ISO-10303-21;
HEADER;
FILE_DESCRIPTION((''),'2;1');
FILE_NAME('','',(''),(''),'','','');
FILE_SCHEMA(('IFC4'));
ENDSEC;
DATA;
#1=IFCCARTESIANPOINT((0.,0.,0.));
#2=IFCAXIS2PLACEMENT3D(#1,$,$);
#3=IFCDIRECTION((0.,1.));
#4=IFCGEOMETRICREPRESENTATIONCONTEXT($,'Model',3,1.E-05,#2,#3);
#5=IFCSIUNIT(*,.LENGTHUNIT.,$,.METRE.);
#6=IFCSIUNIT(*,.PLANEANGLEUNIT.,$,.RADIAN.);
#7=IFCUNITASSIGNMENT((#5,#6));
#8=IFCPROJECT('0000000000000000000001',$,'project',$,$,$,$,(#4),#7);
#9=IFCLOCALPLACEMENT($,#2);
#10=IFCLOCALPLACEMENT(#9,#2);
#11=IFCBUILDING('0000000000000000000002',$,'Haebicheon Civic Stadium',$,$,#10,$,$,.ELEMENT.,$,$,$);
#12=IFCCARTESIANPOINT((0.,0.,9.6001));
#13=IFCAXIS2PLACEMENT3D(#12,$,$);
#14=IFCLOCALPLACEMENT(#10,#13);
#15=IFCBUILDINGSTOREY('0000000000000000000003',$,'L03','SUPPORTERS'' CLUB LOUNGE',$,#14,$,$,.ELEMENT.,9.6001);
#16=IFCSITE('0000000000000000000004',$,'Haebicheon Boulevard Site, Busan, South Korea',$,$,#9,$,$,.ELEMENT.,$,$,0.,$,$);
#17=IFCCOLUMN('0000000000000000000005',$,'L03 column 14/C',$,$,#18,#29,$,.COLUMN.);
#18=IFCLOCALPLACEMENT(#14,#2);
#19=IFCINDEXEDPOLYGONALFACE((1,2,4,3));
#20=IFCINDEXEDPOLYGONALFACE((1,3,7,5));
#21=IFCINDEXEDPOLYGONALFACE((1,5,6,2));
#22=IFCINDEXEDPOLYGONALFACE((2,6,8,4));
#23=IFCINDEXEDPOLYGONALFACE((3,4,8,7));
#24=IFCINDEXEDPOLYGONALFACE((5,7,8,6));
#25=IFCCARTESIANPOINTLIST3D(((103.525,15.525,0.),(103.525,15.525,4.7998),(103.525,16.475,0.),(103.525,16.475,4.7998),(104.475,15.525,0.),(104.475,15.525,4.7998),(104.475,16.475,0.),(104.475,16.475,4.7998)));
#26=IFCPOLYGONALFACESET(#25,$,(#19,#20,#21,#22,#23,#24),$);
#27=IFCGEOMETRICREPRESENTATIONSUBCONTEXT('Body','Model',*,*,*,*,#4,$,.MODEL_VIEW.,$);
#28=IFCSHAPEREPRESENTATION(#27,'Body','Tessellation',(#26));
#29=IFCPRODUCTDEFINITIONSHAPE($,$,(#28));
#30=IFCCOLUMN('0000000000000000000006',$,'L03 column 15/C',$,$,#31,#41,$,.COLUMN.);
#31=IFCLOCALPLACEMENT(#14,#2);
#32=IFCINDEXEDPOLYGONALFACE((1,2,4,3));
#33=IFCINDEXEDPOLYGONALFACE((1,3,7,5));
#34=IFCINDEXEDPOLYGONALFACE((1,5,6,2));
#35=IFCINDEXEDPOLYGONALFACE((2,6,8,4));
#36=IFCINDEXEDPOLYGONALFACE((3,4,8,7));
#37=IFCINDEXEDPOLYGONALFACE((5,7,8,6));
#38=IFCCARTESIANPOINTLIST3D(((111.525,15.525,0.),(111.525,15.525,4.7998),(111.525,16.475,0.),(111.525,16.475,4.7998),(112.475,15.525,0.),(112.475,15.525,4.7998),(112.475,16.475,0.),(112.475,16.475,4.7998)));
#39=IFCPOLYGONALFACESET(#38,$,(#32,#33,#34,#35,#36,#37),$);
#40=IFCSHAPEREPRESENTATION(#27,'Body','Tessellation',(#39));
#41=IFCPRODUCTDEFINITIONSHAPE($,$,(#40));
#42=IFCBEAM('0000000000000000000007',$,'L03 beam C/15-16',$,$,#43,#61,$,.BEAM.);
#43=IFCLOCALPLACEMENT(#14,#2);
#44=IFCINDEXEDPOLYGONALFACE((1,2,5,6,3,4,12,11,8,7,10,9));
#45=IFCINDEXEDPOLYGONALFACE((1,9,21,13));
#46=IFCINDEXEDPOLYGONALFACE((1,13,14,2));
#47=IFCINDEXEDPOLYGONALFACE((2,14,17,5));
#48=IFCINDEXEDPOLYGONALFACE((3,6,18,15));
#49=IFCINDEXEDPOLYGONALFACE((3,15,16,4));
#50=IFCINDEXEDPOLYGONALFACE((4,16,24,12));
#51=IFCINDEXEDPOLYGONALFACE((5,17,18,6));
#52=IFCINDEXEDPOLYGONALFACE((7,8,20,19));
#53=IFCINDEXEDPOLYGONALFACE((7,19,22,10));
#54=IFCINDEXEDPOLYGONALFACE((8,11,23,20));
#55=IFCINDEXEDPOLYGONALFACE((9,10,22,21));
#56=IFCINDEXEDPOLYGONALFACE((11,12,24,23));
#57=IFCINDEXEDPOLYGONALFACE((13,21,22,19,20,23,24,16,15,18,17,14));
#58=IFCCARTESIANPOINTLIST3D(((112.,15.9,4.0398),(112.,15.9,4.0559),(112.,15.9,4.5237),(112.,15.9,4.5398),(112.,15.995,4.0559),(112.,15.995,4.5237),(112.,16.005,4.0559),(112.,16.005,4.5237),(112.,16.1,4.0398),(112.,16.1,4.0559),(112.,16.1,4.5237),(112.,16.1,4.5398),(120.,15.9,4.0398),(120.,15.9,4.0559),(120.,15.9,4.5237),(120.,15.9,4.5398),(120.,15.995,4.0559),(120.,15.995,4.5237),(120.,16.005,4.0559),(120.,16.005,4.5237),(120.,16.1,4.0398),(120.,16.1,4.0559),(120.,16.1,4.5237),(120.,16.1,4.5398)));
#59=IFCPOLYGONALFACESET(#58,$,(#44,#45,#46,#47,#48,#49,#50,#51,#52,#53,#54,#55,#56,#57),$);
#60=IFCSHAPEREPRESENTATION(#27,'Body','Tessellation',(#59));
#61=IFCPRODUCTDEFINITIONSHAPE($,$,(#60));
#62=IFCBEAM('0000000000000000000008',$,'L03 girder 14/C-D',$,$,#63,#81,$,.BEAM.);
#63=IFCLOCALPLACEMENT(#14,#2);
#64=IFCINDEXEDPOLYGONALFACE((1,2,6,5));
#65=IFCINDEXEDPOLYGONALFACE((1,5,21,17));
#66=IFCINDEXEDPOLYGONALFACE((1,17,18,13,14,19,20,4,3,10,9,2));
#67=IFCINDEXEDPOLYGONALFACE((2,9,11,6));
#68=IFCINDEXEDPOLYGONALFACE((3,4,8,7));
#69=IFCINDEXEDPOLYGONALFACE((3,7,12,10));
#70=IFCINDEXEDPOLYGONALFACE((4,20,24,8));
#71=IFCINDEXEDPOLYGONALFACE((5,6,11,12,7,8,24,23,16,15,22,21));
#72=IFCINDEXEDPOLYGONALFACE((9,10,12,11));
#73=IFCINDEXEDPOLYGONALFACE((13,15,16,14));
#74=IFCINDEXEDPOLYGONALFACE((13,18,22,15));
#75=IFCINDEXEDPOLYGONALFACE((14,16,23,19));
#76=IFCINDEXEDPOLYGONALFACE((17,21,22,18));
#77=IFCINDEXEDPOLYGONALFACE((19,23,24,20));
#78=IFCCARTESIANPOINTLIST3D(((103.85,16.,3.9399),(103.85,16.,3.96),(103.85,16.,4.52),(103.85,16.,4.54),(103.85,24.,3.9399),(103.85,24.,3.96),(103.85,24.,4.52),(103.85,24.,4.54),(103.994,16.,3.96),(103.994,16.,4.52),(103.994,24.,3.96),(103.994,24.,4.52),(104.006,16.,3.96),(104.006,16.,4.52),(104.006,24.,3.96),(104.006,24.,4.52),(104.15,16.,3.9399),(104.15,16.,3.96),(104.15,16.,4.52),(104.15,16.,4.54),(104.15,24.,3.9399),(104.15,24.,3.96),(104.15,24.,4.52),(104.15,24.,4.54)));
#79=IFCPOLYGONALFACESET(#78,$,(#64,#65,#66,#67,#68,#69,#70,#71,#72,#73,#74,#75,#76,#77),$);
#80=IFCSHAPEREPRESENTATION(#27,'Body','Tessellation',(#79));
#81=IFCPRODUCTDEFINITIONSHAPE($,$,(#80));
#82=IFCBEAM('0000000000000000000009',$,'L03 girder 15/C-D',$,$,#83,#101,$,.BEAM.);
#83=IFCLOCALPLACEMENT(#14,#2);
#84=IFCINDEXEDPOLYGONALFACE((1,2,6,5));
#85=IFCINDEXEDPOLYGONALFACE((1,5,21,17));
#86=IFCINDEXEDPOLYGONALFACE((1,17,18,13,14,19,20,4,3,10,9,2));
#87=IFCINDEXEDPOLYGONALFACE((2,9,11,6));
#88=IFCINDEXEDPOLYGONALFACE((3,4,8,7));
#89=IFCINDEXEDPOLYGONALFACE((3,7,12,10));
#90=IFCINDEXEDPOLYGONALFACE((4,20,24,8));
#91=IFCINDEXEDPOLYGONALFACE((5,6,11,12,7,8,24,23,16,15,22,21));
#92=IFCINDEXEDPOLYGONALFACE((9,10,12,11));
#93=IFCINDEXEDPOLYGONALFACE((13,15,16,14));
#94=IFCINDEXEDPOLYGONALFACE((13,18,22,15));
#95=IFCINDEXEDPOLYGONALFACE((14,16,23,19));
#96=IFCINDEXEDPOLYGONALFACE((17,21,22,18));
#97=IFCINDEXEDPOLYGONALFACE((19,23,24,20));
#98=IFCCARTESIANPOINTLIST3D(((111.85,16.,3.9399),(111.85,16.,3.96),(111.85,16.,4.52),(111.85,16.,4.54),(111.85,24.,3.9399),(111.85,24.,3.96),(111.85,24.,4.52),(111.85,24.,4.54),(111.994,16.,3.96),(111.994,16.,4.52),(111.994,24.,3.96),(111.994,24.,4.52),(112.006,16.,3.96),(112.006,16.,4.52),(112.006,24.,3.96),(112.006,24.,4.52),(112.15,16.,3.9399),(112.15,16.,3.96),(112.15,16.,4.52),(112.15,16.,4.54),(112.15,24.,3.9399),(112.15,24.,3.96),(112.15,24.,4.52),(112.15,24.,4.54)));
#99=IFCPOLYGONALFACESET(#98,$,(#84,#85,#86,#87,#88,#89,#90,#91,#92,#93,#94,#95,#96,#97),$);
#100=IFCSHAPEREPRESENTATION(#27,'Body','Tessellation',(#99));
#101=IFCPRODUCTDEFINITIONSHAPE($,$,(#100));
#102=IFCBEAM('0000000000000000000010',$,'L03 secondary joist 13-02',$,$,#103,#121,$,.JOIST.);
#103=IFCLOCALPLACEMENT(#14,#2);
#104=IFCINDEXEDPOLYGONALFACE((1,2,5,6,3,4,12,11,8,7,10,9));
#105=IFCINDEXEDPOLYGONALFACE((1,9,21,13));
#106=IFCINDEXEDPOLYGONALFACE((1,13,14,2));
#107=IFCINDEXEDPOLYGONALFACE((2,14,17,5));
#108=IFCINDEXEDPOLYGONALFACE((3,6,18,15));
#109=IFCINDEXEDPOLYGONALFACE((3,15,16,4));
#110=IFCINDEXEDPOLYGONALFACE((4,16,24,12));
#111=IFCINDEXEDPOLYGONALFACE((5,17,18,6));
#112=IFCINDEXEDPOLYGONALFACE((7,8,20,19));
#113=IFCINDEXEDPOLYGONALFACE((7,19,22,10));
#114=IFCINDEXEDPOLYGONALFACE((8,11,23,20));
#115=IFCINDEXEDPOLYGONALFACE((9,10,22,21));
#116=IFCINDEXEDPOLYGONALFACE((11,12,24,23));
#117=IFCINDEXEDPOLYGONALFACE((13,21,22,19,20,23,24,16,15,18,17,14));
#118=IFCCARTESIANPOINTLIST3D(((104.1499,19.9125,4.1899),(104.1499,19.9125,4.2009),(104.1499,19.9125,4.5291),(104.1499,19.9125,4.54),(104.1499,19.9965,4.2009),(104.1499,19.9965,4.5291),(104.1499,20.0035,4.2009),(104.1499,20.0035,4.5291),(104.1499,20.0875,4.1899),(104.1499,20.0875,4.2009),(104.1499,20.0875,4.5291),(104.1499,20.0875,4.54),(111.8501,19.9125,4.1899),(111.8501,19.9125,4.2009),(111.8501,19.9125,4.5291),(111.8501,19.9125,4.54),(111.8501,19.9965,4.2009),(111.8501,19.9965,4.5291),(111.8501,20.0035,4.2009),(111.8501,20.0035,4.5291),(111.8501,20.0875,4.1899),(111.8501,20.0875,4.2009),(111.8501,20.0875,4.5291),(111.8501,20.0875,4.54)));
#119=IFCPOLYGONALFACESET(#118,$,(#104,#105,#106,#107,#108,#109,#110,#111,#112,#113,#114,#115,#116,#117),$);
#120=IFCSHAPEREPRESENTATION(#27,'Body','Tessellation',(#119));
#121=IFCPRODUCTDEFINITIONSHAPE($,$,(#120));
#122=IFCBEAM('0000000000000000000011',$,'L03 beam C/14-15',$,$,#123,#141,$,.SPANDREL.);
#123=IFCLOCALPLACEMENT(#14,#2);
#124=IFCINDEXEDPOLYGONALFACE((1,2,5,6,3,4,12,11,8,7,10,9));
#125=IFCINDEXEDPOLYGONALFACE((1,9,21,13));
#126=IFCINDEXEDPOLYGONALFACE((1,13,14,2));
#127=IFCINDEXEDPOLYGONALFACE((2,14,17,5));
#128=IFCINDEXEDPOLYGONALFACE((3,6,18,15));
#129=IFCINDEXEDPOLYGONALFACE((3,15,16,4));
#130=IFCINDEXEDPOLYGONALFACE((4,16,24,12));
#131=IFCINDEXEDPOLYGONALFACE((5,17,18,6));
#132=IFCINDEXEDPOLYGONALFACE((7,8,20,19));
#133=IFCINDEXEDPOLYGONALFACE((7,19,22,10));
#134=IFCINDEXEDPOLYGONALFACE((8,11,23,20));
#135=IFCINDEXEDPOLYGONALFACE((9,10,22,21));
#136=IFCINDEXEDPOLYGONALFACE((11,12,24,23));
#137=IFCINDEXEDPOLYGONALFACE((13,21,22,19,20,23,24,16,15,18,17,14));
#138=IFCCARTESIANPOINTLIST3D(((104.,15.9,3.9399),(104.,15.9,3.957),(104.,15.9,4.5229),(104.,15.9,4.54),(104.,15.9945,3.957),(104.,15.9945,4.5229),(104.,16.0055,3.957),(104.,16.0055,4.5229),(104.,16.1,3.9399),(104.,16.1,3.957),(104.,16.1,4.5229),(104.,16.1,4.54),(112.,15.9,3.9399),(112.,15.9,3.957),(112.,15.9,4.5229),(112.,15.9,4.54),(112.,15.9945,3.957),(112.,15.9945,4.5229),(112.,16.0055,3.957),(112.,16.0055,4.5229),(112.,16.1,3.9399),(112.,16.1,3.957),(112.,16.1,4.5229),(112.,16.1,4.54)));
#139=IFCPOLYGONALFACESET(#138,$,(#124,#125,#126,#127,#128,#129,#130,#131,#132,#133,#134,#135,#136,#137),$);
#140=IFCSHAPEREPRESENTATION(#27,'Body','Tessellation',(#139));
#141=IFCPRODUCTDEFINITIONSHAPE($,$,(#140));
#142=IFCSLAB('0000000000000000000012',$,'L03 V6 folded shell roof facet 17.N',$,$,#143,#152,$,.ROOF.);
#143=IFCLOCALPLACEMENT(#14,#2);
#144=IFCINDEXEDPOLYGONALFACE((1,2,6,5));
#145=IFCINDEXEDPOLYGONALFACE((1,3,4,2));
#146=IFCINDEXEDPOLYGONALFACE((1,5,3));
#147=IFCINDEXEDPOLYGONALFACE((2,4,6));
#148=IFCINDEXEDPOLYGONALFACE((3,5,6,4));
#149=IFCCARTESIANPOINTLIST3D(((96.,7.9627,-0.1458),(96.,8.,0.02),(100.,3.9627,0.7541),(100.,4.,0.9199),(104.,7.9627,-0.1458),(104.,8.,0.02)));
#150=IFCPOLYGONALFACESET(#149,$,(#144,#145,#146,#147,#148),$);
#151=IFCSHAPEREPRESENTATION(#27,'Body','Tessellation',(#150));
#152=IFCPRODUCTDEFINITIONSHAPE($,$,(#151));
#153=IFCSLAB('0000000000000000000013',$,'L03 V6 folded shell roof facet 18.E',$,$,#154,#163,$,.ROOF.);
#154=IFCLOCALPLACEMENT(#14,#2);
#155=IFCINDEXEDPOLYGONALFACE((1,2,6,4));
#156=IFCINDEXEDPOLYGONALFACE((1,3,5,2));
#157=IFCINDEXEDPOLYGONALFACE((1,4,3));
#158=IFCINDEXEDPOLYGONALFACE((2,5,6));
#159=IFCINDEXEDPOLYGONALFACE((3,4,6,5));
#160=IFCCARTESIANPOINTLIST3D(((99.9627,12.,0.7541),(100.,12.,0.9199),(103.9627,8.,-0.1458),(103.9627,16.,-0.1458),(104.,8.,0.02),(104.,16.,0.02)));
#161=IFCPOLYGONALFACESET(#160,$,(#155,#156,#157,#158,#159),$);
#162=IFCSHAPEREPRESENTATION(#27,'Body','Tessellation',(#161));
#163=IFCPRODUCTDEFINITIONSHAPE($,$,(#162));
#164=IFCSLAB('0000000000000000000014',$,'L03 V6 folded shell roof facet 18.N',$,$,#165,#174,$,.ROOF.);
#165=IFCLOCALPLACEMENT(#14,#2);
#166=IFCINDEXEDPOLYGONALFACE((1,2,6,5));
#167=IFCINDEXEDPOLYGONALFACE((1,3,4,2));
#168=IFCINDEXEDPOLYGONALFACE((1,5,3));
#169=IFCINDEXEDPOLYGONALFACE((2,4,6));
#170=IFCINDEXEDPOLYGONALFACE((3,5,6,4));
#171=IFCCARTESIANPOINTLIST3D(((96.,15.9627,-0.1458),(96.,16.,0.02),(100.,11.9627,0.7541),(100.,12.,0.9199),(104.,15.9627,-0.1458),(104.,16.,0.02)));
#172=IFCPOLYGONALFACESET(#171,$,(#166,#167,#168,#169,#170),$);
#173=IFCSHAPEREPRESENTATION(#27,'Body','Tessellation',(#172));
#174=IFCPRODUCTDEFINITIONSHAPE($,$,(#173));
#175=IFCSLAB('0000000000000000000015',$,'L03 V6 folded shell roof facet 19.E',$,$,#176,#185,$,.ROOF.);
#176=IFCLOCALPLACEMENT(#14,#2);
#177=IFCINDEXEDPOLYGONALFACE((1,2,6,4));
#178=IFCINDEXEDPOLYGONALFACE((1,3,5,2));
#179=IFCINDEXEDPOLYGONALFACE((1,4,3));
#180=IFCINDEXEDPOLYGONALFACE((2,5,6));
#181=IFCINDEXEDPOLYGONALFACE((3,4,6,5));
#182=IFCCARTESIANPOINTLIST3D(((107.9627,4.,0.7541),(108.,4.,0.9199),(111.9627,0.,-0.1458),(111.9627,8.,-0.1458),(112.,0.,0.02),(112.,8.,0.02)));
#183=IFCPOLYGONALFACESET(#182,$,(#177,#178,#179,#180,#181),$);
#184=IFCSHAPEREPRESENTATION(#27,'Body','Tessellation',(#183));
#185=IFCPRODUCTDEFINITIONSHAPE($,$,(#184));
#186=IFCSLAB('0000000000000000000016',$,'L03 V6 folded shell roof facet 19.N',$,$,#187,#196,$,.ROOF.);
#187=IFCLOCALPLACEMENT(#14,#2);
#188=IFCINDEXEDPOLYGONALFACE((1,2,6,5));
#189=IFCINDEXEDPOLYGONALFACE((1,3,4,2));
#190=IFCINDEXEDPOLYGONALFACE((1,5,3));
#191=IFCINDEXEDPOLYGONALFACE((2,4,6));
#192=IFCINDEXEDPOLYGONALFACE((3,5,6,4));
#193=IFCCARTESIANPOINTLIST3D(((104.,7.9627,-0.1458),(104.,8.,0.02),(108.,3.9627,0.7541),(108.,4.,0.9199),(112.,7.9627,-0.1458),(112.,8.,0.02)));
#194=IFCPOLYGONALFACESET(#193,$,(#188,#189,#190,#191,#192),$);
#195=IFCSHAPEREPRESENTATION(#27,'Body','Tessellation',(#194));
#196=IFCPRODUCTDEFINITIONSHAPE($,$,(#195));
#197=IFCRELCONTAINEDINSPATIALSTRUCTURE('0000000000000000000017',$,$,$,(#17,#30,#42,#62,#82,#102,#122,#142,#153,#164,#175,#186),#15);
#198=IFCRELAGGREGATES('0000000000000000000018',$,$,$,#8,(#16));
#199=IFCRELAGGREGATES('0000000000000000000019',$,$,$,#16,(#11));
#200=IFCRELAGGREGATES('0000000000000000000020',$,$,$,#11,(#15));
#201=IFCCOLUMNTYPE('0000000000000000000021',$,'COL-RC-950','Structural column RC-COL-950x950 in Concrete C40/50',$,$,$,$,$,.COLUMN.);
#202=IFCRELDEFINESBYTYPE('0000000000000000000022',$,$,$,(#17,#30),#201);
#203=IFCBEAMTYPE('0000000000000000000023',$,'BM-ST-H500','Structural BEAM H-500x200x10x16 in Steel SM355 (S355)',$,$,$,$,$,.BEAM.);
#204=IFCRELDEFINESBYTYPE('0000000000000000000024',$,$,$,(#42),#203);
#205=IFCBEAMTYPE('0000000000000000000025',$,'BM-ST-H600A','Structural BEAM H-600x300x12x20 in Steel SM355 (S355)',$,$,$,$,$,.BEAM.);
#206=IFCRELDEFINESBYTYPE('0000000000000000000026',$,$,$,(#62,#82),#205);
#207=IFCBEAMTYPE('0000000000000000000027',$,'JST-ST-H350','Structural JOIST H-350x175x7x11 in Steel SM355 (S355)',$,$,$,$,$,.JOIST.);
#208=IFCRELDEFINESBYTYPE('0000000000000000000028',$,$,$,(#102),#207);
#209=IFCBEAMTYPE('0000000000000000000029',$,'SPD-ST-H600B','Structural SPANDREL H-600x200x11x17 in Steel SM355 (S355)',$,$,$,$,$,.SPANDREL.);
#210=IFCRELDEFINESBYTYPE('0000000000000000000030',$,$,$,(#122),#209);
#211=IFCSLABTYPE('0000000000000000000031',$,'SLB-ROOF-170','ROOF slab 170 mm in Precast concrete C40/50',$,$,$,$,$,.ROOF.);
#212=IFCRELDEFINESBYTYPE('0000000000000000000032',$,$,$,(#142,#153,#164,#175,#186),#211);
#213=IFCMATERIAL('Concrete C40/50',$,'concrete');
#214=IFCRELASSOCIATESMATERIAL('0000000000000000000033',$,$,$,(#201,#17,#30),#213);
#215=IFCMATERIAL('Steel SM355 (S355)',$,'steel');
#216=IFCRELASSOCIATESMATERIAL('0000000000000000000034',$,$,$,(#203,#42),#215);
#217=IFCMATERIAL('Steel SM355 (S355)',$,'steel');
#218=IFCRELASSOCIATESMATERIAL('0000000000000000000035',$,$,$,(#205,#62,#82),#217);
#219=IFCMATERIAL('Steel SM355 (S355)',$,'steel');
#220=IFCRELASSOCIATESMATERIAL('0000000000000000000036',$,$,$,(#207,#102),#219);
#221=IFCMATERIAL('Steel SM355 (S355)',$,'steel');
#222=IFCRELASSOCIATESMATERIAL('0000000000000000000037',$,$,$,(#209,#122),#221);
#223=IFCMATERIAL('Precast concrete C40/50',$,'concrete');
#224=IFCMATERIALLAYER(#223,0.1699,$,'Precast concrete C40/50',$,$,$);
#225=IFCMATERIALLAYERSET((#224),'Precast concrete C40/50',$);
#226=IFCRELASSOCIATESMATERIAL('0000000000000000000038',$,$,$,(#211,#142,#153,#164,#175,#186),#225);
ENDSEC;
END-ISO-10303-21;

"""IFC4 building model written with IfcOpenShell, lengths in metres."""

from ifc_helpers import new_model, si_unit, direction, frame, origin, origin_2d, place, context, subcontext, project, spatial, polyline, rectangle, i_section, outline, extrude, material, layer, layer_set, material_profile, profile_set, type_object, element, save


model = new_model("IFC4")

# Units and contexts
model_context = context("Model", 3, precision=1e-05, world=origin(), true_north=direction((0.0, 1.0)))
body_context = subcontext(model_context, "Body", "Model", "MODEL_VIEW")
ifc_project = project(units=[si_unit("LENGTHUNIT", "METRE"), si_unit("PLANEANGLEUNIT", "RADIAN")], contexts=[model_context])

# Site, building, storey
site_placement = place(None, origin())
site = spatial("IfcSite", under=ifc_project, at=site_placement, Name="Haebicheon Boulevard Site, Busan, South Korea", CompositionType="ELEMENT", RefElevation=0.0)
building_placement = place(site_placement, origin())
building = spatial("IfcBuilding", under=site, at=building_placement, Name="Haebicheon Civic Stadium", CompositionType="ELEMENT")
storey_placement = place(building_placement, frame((0.0, 0.0, 9.6001)))
storey = spatial("IfcBuildingStorey", under=building, at=storey_placement, Name="L03", Description="SUPPORTERS' CLUB LOUNGE", CompositionType="ELEMENT", Elevation=9.6001)

# Columns
ifc_material_1 = material(Name="Concrete C40/50", Category="concrete")
ifc_material_profile_1 = material_profile(ifc_material_1, rectangle(XDim=0.95, YDim=0.95, at=origin_2d()), Name="RC-COL-950x950")
ifc_profile_set_1 = profile_set([ifc_material_profile_1], Name="Concrete C40/50")
column_type = type_object("IfcColumnType", Name="COL-RC-950", Description="Structural column RC-COL-950x950 in Concrete C40/50", PredefinedType="COLUMN", material=ifc_profile_set_1)
for number, where, z_axis, x_axis, name in (
    (1, (104.0, 16.0, 0.0), (0.0, 0.0, 1.0), (1.0, 0.0, 0.0), "L03 column 14/C"),
    (2, (112.0, 16.0, 0.0), (0.0, 0.0, 1.0), (1.0, 0.0, 0.0), "L03 column 15/C"),
):
    element("IfcColumn", number, at=place(storey_placement, frame(where, z_axis=z_axis, x_axis=x_axis)), inside=storey, type_object=column_type, material=ifc_profile_set_1, Name=name, PredefinedType="COLUMN", context=body_context, shape_type="SweptSolid", body=[
        extrude(rectangle(XDim=0.95, YDim=0.95, at=origin_2d()), origin(), (0.0, 0.0, 1.0), 4.7998),
    ])

# Beams
ifc_material_2 = material(Name="Steel SM355 (S355)", Category="steel")
ifc_material_profile_2 = material_profile(ifc_material_2, i_section(OverallWidth=0.2, OverallDepth=0.5, WebThickness=0.01, FlangeThickness=0.0161, at=origin_2d()), Name="H-500x200x10x16")
ifc_profile_set_2 = profile_set([ifc_material_profile_2], Name="Steel SM355 (S355)")
beam_type_1 = type_object("IfcBeamType", Name="BM-ST-H500", Description="Structural BEAM H-500x200x10x16 in Steel SM355 (S355)", PredefinedType="BEAM", material=ifc_profile_set_2)
beam_1_placement = place(storey_placement, frame((112.0, 16.0, 4.2898), z_axis=(1.0, 0.0, 0.0), x_axis=(0.0, 1.0, 0.0)))
element("IfcBeam", 3, at=beam_1_placement, inside=storey, type_object=beam_type_1, material=ifc_profile_set_2, Name="L03 beam C/15-16", PredefinedType="BEAM", context=body_context, shape_type="SweptSolid", body=[
    extrude(i_section(OverallWidth=0.2, OverallDepth=0.5, WebThickness=0.01, FlangeThickness=0.0161, at=origin_2d()), origin(), (0.0, 0.0, 1.0), 8.0),
])
ifc_material_3 = material(Name="Steel SM355 (S355)", Category="steel")
ifc_material_profile_3 = material_profile(ifc_material_3, i_section(OverallWidth=0.3, OverallDepth=0.6001, WebThickness=0.012, FlangeThickness=0.02, at=origin_2d()), Name="H-600x300x12x20")
ifc_profile_set_3 = profile_set([ifc_material_profile_3], Name="Steel SM355 (S355)")
beam_type_2 = type_object("IfcBeamType", Name="BM-ST-H600A", Description="Structural BEAM H-600x300x12x20 in Steel SM355 (S355)", PredefinedType="BEAM", material=ifc_profile_set_3)
for number, where, z_axis, x_axis, name in (
    (4, (104.0, 16.0, 4.24), (0.0, 1.0, 0.0), (-1.0, 0.0, 0.0), "L03 girder 14/C-D"),
    (5, (112.0, 16.0, 4.24), (0.0, 1.0, 0.0), (-1.0, 0.0, 0.0), "L03 girder 15/C-D"),
):
    element("IfcBeam", number, at=place(storey_placement, frame(where, z_axis=z_axis, x_axis=x_axis)), inside=storey, type_object=beam_type_2, material=ifc_profile_set_3, Name=name, PredefinedType="BEAM", context=body_context, shape_type="SweptSolid", body=[
        extrude(i_section(OverallWidth=0.3, OverallDepth=0.6001, WebThickness=0.012, FlangeThickness=0.02, at=origin_2d()), origin(), (0.0, 0.0, 1.0), 8.0),
    ])
ifc_material_4 = material(Name="Steel SM355 (S355)", Category="steel")
ifc_material_profile_4 = material_profile(ifc_material_4, i_section(OverallWidth=0.175, OverallDepth=0.3501, WebThickness=0.0071, FlangeThickness=0.011, at=origin_2d()), Name="H-350x175x7x11")
ifc_profile_set_4 = profile_set([ifc_material_profile_4], Name="Steel SM355 (S355)")
beam_type_3 = type_object("IfcBeamType", Name="JST-ST-H350", Description="Structural JOIST H-350x175x7x11 in Steel SM355 (S355)", PredefinedType="JOIST", material=ifc_profile_set_4)
beam_2_placement = place(storey_placement, frame((104.1499, 20.0, 4.365), z_axis=(1.0, 0.0, 0.0), x_axis=(0.0, 1.0, 0.0)))
element("IfcBeam", 6, at=beam_2_placement, inside=storey, type_object=beam_type_3, material=ifc_profile_set_4, Name="L03 secondary joist 13-02", PredefinedType="JOIST", context=body_context, shape_type="SweptSolid", body=[
    extrude(i_section(OverallWidth=0.175, OverallDepth=0.3501, WebThickness=0.0071, FlangeThickness=0.011, at=origin_2d()), origin(), (0.0, 0.0, 1.0), 7.7002),
])
ifc_material_5 = material(Name="Steel SM355 (S355)", Category="steel")
ifc_material_profile_5 = material_profile(ifc_material_5, i_section(OverallWidth=0.2, OverallDepth=0.6001, WebThickness=0.011, FlangeThickness=0.0171, at=origin_2d()), Name="H-600x200x11x17")
ifc_profile_set_5 = profile_set([ifc_material_profile_5], Name="Steel SM355 (S355)")
beam_type_4 = type_object("IfcBeamType", Name="SPD-ST-H600B", Description="Structural SPANDREL H-600x200x11x17 in Steel SM355 (S355)", PredefinedType="SPANDREL", material=ifc_profile_set_5)
beam_3_placement = place(storey_placement, frame((104.0, 16.0, 4.24), z_axis=(1.0, 0.0, 0.0), x_axis=(0.0, 1.0, 0.0)))
element("IfcBeam", 7, at=beam_3_placement, inside=storey, type_object=beam_type_4, material=ifc_profile_set_5, Name="L03 beam C/14-15", PredefinedType="SPANDREL", context=body_context, shape_type="SweptSolid", body=[
    extrude(i_section(OverallWidth=0.2, OverallDepth=0.6001, WebThickness=0.011, FlangeThickness=0.0171, at=origin_2d()), origin(), (0.0, 0.0, 1.0), 8.0),
])

# Slabs
ifc_material_6 = material(Name="Precast concrete C40/50", Category="concrete")
ifc_layer_1 = layer(ifc_material_6, 0.1699, Name="Precast concrete C40/50")
ifc_layer_set_1 = layer_set([ifc_layer_1], Name="Precast concrete C40/50")
slab_type = type_object("IfcSlabType", Name="SLB-ROOF-170", Description="ROOF slab 170 mm in Precast concrete C40/50", PredefinedType="ROOF", material=ifc_layer_set_1)
for number, where, z_axis, x_axis, name in (
    (8, (104.0, 8.0, 0.02), (0.0, 0.21949, 0.975615), (-1.0, 0.0, 0.0), "L03 V6 folded shell roof facet 17.N"),
    (9, (104.0, 8.0, 0.02), (0.21949, 0.0, 0.975615), (0.0, 1.0, 0.0), "L03 V6 folded shell roof facet 18.E"),
    (10, (104.0, 16.0, 0.02), (0.0, 0.21949, 0.975615), (-1.0, 0.0, 0.0), "L03 V6 folded shell roof facet 18.N"),
    (11, (112.0, 0.0, 0.02), (0.21949, 0.0, 0.975615), (0.0, 1.0, 0.0), "L03 V6 folded shell roof facet 19.E"),
    (12, (112.0, 8.0, 0.02), (0.0, 0.21949, 0.975615), (-1.0, 0.0, 0.0), "L03 V6 folded shell roof facet 19.N"),
):
    element("IfcSlab", number, at=place(storey_placement, frame(where, z_axis=z_axis, x_axis=x_axis)), inside=storey, type_object=slab_type, material=ifc_layer_set_1, Name=name, PredefinedType="ROOF", context=body_context, shape_type="SweptSolid", body=[
        extrude(outline(polyline([(0.0, 0.0), (8.0, 0.0), (4.0, 4.1), (0.0, 0.0)])), origin(), (0.0, 0.0, -1.0), 0.1699),
    ])

save(model, "model.ifc")
